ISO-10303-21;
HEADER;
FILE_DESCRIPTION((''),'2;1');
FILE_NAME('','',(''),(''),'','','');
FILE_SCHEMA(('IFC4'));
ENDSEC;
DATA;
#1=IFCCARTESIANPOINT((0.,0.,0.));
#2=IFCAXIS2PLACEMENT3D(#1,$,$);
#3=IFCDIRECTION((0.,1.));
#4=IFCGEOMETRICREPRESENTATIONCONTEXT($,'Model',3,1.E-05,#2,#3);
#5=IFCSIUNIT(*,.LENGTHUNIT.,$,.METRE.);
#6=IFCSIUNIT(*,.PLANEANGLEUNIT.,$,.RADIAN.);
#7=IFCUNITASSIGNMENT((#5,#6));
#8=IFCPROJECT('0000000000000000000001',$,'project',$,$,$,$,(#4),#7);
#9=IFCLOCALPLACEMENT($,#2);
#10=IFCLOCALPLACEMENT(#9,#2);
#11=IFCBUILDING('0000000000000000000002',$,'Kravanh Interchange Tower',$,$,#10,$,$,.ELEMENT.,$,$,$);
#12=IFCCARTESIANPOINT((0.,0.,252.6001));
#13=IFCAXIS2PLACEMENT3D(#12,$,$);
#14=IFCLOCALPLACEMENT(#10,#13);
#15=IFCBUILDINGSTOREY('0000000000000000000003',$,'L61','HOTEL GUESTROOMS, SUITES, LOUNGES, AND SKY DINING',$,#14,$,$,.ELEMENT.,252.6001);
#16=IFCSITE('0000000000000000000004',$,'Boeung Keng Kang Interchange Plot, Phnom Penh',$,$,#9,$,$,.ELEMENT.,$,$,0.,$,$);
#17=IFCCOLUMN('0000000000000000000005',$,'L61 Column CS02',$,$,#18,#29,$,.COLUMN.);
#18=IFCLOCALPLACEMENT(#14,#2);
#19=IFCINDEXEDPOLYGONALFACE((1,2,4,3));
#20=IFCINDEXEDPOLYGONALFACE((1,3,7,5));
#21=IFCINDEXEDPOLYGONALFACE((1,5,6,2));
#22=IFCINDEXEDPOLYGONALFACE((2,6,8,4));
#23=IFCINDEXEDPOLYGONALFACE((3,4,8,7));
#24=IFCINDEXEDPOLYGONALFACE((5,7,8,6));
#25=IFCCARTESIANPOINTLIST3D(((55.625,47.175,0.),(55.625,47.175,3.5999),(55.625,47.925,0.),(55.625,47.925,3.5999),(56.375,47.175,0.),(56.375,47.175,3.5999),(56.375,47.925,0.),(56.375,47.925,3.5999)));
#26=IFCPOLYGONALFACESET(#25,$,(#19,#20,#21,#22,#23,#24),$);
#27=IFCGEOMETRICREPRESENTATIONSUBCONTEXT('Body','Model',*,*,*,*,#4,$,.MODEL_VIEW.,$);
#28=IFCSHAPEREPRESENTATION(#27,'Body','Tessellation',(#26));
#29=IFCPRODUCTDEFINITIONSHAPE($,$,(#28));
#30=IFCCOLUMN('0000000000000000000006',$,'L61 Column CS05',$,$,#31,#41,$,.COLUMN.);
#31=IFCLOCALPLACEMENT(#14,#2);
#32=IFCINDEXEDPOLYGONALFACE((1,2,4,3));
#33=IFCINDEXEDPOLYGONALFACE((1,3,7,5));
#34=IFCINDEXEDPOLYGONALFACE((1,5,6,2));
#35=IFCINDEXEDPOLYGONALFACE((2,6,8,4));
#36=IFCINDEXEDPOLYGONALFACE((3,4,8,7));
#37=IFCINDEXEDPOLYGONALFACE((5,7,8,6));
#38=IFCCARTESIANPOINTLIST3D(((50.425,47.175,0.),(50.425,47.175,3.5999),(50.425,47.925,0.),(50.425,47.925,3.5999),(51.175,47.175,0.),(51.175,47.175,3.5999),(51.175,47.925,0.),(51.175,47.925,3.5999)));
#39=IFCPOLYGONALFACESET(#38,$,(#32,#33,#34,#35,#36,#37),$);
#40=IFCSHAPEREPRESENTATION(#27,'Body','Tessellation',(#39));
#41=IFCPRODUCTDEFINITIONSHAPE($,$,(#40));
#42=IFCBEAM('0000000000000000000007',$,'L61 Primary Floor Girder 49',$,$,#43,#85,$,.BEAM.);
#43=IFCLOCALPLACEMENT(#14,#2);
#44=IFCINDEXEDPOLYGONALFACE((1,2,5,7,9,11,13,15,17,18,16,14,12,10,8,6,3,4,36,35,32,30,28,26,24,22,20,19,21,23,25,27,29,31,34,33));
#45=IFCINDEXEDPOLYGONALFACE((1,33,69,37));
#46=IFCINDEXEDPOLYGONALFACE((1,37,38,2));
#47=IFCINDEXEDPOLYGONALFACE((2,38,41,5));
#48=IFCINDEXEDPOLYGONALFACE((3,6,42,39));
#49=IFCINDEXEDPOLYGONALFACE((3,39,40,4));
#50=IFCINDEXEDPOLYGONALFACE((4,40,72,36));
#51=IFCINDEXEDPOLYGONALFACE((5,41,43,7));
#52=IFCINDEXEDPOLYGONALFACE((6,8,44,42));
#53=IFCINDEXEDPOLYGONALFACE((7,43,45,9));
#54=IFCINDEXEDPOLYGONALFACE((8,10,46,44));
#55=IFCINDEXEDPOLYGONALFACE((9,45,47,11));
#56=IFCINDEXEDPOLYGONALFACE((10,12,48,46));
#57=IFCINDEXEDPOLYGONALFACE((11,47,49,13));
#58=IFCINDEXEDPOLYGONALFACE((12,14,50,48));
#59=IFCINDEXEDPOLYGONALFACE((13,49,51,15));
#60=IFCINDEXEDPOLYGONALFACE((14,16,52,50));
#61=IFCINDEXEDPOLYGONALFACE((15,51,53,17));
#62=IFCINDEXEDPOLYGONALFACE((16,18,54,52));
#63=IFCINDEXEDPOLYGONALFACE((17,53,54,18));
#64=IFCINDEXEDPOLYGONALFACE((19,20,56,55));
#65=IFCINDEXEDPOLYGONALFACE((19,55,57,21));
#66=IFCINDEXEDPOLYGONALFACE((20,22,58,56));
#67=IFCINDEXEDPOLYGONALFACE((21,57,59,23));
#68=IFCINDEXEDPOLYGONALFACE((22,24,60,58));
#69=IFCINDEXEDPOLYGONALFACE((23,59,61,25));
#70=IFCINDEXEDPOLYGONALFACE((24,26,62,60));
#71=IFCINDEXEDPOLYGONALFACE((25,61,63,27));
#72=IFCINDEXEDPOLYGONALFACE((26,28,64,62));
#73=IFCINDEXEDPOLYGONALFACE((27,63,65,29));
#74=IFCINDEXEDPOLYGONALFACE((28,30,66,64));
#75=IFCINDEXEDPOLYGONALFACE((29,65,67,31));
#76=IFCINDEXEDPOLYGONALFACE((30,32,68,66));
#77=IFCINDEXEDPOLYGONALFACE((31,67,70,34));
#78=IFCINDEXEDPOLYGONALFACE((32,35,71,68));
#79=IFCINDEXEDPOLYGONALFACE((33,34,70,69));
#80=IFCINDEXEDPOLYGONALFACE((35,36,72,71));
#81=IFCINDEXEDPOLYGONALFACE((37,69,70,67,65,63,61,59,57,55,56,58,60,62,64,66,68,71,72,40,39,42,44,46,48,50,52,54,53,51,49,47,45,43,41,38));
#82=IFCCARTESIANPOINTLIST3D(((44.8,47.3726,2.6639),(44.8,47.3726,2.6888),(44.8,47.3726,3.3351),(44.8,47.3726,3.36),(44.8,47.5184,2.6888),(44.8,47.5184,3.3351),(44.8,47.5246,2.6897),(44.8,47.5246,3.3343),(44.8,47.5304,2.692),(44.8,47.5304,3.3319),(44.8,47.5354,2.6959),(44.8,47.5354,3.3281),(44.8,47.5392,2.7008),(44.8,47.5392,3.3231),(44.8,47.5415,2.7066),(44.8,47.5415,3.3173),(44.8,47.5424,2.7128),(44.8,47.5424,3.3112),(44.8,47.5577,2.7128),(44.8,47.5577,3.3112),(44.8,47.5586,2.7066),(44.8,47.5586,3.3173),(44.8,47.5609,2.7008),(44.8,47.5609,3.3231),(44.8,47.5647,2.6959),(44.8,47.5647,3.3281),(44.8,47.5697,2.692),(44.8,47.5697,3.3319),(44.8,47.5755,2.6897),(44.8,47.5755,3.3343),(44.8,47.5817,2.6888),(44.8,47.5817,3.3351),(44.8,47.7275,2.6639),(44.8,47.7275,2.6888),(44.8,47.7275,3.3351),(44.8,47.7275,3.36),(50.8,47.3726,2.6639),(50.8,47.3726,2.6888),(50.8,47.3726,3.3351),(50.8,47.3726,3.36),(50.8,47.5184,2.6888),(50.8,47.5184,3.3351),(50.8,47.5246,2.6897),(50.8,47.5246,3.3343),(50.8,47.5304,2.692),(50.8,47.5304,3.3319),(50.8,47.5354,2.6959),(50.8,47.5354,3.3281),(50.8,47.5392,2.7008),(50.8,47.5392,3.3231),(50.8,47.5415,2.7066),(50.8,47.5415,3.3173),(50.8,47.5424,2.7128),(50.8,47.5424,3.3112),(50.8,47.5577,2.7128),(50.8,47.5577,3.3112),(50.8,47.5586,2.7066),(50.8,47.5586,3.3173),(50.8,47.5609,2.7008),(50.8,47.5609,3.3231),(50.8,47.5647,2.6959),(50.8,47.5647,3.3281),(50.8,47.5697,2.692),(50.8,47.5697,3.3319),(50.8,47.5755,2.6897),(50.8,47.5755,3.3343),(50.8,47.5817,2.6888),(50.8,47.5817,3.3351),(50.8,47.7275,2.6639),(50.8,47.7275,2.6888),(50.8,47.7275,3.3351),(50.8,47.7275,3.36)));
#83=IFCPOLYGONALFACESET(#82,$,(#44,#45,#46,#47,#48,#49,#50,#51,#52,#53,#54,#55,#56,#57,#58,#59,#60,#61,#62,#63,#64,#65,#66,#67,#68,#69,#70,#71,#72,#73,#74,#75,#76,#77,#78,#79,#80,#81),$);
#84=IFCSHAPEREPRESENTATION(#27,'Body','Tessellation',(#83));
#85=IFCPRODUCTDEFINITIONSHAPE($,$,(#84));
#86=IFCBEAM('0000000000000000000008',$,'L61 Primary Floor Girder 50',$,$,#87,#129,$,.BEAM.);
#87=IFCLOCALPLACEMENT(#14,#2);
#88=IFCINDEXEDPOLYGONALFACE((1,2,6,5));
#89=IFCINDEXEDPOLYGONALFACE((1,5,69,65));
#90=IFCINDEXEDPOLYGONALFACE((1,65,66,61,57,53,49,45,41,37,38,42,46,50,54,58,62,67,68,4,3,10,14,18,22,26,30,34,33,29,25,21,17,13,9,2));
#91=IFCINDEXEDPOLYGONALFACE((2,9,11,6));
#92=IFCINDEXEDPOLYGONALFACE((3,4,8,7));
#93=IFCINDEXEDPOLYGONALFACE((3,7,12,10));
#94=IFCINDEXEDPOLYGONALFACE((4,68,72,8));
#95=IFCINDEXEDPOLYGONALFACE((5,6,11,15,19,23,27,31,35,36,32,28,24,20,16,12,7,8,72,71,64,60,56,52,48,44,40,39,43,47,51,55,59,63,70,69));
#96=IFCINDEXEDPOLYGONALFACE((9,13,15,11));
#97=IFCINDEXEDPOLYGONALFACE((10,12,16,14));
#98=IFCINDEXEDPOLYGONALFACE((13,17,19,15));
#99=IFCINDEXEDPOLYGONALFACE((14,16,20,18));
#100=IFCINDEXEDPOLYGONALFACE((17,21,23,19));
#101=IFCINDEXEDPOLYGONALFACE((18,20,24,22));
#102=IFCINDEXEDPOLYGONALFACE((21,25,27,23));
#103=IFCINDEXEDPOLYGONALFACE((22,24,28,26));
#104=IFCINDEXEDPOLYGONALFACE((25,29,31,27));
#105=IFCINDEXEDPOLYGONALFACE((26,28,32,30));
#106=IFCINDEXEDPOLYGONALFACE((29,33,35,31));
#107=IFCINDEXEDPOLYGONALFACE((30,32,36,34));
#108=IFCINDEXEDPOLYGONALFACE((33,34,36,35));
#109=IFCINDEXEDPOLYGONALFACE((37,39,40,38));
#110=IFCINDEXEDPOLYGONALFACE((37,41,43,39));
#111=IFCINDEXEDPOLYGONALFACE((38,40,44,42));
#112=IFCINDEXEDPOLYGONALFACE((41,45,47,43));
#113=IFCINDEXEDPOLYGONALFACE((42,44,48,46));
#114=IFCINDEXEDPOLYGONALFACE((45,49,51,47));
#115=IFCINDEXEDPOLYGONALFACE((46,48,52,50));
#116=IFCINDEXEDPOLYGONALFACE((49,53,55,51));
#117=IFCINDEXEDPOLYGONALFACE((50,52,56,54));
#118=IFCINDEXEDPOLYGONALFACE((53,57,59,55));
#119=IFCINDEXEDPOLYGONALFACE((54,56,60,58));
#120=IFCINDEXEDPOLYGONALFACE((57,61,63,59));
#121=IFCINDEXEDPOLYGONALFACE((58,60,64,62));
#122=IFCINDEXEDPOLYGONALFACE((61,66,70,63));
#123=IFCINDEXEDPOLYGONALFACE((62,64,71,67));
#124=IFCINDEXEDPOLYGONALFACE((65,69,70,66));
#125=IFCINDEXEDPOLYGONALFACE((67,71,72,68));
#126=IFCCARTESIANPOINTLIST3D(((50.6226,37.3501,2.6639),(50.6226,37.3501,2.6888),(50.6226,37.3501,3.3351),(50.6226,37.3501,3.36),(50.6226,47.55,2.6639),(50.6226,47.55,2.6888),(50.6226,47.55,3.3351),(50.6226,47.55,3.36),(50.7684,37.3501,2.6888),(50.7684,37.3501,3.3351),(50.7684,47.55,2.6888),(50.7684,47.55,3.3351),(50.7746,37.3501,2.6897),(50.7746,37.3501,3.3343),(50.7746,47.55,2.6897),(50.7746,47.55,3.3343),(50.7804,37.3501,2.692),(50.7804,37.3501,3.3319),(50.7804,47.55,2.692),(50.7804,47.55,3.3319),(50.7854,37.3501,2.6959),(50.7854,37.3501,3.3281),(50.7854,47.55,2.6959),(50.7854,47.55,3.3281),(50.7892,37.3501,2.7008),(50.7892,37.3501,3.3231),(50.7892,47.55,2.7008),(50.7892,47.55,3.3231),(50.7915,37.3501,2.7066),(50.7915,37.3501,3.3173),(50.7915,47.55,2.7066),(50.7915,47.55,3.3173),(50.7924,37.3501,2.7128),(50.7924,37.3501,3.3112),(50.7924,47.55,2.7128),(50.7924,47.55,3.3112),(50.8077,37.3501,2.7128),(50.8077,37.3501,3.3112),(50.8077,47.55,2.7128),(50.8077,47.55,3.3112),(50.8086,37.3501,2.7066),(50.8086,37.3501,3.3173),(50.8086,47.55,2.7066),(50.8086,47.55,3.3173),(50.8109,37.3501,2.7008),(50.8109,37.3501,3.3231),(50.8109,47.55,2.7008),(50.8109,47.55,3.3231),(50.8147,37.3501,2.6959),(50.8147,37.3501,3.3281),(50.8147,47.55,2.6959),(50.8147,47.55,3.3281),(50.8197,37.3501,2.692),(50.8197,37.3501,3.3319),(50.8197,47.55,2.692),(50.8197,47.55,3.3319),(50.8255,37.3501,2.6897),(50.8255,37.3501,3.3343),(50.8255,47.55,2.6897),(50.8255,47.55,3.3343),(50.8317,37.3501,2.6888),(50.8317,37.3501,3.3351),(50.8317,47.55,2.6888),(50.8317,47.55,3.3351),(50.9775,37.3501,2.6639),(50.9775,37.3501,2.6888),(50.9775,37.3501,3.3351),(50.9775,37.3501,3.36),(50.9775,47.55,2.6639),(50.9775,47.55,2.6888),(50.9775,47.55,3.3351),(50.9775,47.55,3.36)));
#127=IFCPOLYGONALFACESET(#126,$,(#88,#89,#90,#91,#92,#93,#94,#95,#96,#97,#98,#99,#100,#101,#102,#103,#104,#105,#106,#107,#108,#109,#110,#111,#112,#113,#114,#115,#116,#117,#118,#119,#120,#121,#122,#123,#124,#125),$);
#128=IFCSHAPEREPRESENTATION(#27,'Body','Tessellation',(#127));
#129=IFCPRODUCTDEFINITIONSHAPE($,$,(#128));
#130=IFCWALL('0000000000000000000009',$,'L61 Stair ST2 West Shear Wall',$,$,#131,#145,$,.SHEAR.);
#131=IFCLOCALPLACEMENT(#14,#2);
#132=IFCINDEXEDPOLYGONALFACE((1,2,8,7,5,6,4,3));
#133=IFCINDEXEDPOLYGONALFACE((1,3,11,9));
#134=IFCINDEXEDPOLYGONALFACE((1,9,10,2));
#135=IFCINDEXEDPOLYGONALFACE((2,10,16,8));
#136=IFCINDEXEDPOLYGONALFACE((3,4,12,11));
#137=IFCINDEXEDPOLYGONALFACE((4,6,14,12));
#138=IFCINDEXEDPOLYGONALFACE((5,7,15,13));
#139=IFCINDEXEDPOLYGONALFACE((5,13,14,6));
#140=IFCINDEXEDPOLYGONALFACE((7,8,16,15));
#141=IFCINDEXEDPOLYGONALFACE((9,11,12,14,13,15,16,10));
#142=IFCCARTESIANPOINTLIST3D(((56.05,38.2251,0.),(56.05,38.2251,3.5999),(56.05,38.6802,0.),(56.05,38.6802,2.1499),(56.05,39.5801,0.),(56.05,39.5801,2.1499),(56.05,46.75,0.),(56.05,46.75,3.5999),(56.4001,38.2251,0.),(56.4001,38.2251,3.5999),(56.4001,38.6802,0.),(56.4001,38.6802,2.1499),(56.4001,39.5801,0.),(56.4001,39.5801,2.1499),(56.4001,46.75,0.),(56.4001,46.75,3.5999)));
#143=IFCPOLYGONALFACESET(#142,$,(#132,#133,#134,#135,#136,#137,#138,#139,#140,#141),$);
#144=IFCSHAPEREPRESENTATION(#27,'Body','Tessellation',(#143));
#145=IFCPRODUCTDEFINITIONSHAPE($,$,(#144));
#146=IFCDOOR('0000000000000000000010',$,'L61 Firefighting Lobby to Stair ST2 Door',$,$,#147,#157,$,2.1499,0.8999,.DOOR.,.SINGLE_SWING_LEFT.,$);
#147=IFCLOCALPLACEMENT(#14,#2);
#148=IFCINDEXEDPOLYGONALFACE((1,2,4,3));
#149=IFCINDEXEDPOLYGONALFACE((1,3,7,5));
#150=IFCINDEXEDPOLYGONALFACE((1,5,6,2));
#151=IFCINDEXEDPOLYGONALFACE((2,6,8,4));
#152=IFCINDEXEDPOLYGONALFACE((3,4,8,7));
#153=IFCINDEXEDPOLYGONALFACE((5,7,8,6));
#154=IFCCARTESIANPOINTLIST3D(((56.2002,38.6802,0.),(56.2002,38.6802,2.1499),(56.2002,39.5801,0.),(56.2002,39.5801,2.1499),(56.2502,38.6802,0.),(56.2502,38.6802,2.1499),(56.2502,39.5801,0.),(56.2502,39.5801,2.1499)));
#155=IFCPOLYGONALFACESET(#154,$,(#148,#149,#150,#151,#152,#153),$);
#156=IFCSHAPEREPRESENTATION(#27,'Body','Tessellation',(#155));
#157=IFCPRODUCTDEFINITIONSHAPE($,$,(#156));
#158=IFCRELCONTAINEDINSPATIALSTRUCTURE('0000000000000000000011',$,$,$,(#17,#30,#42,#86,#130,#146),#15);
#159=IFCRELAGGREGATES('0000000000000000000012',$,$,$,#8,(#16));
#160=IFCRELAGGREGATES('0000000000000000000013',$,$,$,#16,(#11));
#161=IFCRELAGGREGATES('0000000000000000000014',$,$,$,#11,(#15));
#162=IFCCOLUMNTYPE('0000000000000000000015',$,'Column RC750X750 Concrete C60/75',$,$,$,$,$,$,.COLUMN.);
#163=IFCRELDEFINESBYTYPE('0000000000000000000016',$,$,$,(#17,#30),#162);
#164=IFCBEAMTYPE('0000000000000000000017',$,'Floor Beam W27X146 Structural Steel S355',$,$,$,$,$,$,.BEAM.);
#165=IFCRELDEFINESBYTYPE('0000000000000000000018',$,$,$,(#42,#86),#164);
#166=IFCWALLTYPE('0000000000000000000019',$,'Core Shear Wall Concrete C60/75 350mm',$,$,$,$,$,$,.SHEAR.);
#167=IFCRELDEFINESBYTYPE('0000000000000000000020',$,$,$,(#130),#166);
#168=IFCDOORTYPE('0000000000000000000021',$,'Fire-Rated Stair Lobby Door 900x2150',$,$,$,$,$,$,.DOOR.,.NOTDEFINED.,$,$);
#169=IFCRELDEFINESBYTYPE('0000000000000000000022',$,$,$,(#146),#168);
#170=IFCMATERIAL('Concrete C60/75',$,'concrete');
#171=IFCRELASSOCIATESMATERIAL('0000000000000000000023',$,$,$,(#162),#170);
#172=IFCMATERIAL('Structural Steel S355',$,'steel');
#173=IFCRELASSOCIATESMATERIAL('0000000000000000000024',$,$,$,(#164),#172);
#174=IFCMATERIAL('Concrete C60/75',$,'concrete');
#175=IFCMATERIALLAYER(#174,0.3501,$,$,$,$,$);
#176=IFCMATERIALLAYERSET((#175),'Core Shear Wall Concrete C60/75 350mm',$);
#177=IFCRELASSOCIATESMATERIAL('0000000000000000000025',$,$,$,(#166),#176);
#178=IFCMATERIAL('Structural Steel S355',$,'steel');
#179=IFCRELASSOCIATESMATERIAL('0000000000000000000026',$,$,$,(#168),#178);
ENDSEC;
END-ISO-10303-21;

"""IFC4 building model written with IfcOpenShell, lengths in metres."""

from ifc_helpers import new_model, si_unit, direction, frame, frame_2d, origin, origin_2d, place, context, subcontext, project, spatial, rectangle, i_section, extrude, material, layer, layer_set, material_profile, profile_set, type_object, element, fill, save


model = new_model("IFC4")

# Units and contexts
model_context = context("Model", 3, precision=1e-05, world=origin(), true_north=direction((0.0, 1.0)))
body_context = subcontext(model_context, "Body", "Model", "MODEL_VIEW")
ifc_project = project(units=[si_unit("LENGTHUNIT", "METRE"), si_unit("PLANEANGLEUNIT", "RADIAN")], contexts=[model_context])

# Site, building, storey
site_placement = place(None, origin())
site = spatial("IfcSite", under=ifc_project, at=site_placement, Name="Boeung Keng Kang Interchange Plot, Phnom Penh", CompositionType="ELEMENT", RefElevation=0.0)
building_placement = place(site_placement, origin())
building = spatial("IfcBuilding", under=site, at=building_placement, Name="Kravanh Interchange Tower", CompositionType="ELEMENT")
storey_placement = place(building_placement, frame((0.0, 0.0, 252.6001)))
storey = spatial("IfcBuildingStorey", under=building, at=storey_placement, Name="L61", Description="HOTEL GUESTROOMS, SUITES, LOUNGES, AND SKY DINING", CompositionType="ELEMENT", Elevation=252.6001)

# Columns
ifc_material_1 = material(Name="Concrete C60/75", Category="concrete")
ifc_material_profile_1 = material_profile(ifc_material_1, rectangle(XDim=0.75, YDim=0.75, at=origin_2d()), Name="RC750X750")
ifc_profile_set_1 = profile_set([ifc_material_profile_1], Name="Concrete C60/75")
column_type = type_object("IfcColumnType", Name="Column RC750X750 Concrete C60/75", PredefinedType="COLUMN", material=ifc_profile_set_1)
for number, where, z_axis, x_axis, name in (
    (1, (56.0, 47.55, 0.0), (0.0, 0.0, 1.0), (1.0, 0.0, 0.0), "L61 Column CS02"),
    (2, (50.8, 47.55, 0.0), (0.0, 0.0, 1.0), (1.0, 0.0, 0.0), "L61 Column CS05"),
):
    element("IfcColumn", number, at=place(storey_placement, frame(where, z_axis=z_axis, x_axis=x_axis)), inside=storey, type_object=column_type, Name=name, PredefinedType="COLUMN", context=body_context, shape_type="SweptSolid", body=[
        extrude(rectangle(XDim=0.75, YDim=0.75, at=origin_2d()), origin(), (0.0, 0.0, 1.0), 3.5999),
    ])

# Beams
ifc_material_2 = material(Name="Structural Steel S355", Category="steel")
ifc_material_profile_2 = material_profile(ifc_material_2, i_section(OverallWidth=0.355, OverallDepth=0.696, WebThickness=0.0154, FlangeThickness=0.0249, FilletRadius=0.0239, at=origin_2d()), Name="W27X146")
ifc_profile_set_2 = profile_set([ifc_material_profile_2], Name="Structural Steel S355")
beam_type = type_object("IfcBeamType", Name="Floor Beam W27X146 Structural Steel S355", PredefinedType="BEAM", material=ifc_profile_set_2)
beam_1_placement = place(storey_placement, frame((50.8, 47.55, 3.012), z_axis=(-1.0, 0.0, 0.0), x_axis=(0.0, -1.0, 0.0)))
element("IfcBeam", 3, at=beam_1_placement, inside=storey, type_object=beam_type, Name="L61 Primary Floor Girder 49", PredefinedType="BEAM", context=body_context, shape_type="SweptSolid", body=[
    extrude(i_section(OverallWidth=0.355, OverallDepth=0.696, WebThickness=0.0154, FlangeThickness=0.0249, FilletRadius=0.0239, at=origin_2d()), origin(), (0.0, 0.0, 1.0), 6.0),
])
beam_2_placement = place(storey_placement, frame((50.8, 47.55, 3.012), z_axis=(0.0, -1.0, 0.0), x_axis=(1.0, 0.0, 0.0)))
element("IfcBeam", 4, at=beam_2_placement, inside=storey, type_object=beam_type, Name="L61 Primary Floor Girder 50", PredefinedType="BEAM", context=body_context, shape_type="SweptSolid", body=[
    extrude(i_section(OverallWidth=0.355, OverallDepth=0.696, WebThickness=0.0154, FlangeThickness=0.0249, FilletRadius=0.0239, at=origin_2d()), origin(), (0.0, 0.0, 1.0), 10.2),
])

# Wall, opening, door
ifc_material_3 = material(Name="Concrete C60/75", Category="concrete")
ifc_layer_1 = layer(ifc_material_3, 0.3501)
ifc_layer_set_1 = layer_set([ifc_layer_1], Name="Core Shear Wall Concrete C60/75 350mm")
wall_type_1 = type_object("IfcWallType", Name="Core Shear Wall Concrete C60/75 350mm", PredefinedType="SHEAR", material=ifc_layer_set_1)
wall_1_placement = place(storey_placement, frame((56.2251, 38.2251, 0.0), z_axis=(0.0, 0.0, 1.0), x_axis=(0.0, 1.0, 0.0)))
wall_1 = element("IfcWall", 5, at=wall_1_placement, inside=storey, type_object=wall_type_1, Name="L61 Stair ST2 West Shear Wall", PredefinedType="SHEAR", context=body_context, shape_type="SweptSolid", body=[
    extrude(rectangle(XDim=8.5249, YDim=0.3501, at=frame_2d((4.2625, 0.0))), origin(), (0.0, 0.0, 1.0), 3.5999),
])
opening_1_placement = place(wall_1_placement, frame((0.4551, 0.0, 0.0)))
opening_1 = element("IfcOpeningElement", 6, at=opening_1_placement, cuts=wall_1, PredefinedType="OPENING", context=body_context, shape_type="SweptSolid", body=[
    extrude(rectangle(XDim=0.8999, YDim=2.1499, at=frame_2d((0.45, 1.075))), frame((0.0, 0.1851, 0.0), z_axis=(0.0, -1.0, 0.0), x_axis=(1.0, 0.0, 0.0)), (0.0, 0.0, 1.0), 0.3701),
])
ifc_material_4 = material(Name="Structural Steel S355", Category="steel")
door_type_1 = type_object("IfcDoorType", Name="Fire-Rated Stair Lobby Door 900x2150", OperationType="NOTDEFINED", PredefinedType="DOOR", material=ifc_material_4)
door_1_placement = place(opening_1_placement, origin())
door_1 = element("IfcDoor", 7, at=door_1_placement, inside=storey, type_object=door_type_1, Name="L61 Firefighting Lobby to Stair ST2 Door", OperationType="SINGLE_SWING_LEFT", OverallHeight=2.1499, OverallWidth=0.8999, PredefinedType="DOOR", context=body_context, shape_type="SweptSolid", body=[
    extrude(rectangle(XDim=0.8999, YDim=2.1499, at=frame_2d((0.45, 1.075))), frame((0.0, 0.0249, 0.0), z_axis=(0.0, -1.0, 0.0), x_axis=(1.0, 0.0, 0.0)), (0.0, 0.0, 1.0), 0.05),
])
fill(opening_1, door_1)

save(model, "model.ifc")
